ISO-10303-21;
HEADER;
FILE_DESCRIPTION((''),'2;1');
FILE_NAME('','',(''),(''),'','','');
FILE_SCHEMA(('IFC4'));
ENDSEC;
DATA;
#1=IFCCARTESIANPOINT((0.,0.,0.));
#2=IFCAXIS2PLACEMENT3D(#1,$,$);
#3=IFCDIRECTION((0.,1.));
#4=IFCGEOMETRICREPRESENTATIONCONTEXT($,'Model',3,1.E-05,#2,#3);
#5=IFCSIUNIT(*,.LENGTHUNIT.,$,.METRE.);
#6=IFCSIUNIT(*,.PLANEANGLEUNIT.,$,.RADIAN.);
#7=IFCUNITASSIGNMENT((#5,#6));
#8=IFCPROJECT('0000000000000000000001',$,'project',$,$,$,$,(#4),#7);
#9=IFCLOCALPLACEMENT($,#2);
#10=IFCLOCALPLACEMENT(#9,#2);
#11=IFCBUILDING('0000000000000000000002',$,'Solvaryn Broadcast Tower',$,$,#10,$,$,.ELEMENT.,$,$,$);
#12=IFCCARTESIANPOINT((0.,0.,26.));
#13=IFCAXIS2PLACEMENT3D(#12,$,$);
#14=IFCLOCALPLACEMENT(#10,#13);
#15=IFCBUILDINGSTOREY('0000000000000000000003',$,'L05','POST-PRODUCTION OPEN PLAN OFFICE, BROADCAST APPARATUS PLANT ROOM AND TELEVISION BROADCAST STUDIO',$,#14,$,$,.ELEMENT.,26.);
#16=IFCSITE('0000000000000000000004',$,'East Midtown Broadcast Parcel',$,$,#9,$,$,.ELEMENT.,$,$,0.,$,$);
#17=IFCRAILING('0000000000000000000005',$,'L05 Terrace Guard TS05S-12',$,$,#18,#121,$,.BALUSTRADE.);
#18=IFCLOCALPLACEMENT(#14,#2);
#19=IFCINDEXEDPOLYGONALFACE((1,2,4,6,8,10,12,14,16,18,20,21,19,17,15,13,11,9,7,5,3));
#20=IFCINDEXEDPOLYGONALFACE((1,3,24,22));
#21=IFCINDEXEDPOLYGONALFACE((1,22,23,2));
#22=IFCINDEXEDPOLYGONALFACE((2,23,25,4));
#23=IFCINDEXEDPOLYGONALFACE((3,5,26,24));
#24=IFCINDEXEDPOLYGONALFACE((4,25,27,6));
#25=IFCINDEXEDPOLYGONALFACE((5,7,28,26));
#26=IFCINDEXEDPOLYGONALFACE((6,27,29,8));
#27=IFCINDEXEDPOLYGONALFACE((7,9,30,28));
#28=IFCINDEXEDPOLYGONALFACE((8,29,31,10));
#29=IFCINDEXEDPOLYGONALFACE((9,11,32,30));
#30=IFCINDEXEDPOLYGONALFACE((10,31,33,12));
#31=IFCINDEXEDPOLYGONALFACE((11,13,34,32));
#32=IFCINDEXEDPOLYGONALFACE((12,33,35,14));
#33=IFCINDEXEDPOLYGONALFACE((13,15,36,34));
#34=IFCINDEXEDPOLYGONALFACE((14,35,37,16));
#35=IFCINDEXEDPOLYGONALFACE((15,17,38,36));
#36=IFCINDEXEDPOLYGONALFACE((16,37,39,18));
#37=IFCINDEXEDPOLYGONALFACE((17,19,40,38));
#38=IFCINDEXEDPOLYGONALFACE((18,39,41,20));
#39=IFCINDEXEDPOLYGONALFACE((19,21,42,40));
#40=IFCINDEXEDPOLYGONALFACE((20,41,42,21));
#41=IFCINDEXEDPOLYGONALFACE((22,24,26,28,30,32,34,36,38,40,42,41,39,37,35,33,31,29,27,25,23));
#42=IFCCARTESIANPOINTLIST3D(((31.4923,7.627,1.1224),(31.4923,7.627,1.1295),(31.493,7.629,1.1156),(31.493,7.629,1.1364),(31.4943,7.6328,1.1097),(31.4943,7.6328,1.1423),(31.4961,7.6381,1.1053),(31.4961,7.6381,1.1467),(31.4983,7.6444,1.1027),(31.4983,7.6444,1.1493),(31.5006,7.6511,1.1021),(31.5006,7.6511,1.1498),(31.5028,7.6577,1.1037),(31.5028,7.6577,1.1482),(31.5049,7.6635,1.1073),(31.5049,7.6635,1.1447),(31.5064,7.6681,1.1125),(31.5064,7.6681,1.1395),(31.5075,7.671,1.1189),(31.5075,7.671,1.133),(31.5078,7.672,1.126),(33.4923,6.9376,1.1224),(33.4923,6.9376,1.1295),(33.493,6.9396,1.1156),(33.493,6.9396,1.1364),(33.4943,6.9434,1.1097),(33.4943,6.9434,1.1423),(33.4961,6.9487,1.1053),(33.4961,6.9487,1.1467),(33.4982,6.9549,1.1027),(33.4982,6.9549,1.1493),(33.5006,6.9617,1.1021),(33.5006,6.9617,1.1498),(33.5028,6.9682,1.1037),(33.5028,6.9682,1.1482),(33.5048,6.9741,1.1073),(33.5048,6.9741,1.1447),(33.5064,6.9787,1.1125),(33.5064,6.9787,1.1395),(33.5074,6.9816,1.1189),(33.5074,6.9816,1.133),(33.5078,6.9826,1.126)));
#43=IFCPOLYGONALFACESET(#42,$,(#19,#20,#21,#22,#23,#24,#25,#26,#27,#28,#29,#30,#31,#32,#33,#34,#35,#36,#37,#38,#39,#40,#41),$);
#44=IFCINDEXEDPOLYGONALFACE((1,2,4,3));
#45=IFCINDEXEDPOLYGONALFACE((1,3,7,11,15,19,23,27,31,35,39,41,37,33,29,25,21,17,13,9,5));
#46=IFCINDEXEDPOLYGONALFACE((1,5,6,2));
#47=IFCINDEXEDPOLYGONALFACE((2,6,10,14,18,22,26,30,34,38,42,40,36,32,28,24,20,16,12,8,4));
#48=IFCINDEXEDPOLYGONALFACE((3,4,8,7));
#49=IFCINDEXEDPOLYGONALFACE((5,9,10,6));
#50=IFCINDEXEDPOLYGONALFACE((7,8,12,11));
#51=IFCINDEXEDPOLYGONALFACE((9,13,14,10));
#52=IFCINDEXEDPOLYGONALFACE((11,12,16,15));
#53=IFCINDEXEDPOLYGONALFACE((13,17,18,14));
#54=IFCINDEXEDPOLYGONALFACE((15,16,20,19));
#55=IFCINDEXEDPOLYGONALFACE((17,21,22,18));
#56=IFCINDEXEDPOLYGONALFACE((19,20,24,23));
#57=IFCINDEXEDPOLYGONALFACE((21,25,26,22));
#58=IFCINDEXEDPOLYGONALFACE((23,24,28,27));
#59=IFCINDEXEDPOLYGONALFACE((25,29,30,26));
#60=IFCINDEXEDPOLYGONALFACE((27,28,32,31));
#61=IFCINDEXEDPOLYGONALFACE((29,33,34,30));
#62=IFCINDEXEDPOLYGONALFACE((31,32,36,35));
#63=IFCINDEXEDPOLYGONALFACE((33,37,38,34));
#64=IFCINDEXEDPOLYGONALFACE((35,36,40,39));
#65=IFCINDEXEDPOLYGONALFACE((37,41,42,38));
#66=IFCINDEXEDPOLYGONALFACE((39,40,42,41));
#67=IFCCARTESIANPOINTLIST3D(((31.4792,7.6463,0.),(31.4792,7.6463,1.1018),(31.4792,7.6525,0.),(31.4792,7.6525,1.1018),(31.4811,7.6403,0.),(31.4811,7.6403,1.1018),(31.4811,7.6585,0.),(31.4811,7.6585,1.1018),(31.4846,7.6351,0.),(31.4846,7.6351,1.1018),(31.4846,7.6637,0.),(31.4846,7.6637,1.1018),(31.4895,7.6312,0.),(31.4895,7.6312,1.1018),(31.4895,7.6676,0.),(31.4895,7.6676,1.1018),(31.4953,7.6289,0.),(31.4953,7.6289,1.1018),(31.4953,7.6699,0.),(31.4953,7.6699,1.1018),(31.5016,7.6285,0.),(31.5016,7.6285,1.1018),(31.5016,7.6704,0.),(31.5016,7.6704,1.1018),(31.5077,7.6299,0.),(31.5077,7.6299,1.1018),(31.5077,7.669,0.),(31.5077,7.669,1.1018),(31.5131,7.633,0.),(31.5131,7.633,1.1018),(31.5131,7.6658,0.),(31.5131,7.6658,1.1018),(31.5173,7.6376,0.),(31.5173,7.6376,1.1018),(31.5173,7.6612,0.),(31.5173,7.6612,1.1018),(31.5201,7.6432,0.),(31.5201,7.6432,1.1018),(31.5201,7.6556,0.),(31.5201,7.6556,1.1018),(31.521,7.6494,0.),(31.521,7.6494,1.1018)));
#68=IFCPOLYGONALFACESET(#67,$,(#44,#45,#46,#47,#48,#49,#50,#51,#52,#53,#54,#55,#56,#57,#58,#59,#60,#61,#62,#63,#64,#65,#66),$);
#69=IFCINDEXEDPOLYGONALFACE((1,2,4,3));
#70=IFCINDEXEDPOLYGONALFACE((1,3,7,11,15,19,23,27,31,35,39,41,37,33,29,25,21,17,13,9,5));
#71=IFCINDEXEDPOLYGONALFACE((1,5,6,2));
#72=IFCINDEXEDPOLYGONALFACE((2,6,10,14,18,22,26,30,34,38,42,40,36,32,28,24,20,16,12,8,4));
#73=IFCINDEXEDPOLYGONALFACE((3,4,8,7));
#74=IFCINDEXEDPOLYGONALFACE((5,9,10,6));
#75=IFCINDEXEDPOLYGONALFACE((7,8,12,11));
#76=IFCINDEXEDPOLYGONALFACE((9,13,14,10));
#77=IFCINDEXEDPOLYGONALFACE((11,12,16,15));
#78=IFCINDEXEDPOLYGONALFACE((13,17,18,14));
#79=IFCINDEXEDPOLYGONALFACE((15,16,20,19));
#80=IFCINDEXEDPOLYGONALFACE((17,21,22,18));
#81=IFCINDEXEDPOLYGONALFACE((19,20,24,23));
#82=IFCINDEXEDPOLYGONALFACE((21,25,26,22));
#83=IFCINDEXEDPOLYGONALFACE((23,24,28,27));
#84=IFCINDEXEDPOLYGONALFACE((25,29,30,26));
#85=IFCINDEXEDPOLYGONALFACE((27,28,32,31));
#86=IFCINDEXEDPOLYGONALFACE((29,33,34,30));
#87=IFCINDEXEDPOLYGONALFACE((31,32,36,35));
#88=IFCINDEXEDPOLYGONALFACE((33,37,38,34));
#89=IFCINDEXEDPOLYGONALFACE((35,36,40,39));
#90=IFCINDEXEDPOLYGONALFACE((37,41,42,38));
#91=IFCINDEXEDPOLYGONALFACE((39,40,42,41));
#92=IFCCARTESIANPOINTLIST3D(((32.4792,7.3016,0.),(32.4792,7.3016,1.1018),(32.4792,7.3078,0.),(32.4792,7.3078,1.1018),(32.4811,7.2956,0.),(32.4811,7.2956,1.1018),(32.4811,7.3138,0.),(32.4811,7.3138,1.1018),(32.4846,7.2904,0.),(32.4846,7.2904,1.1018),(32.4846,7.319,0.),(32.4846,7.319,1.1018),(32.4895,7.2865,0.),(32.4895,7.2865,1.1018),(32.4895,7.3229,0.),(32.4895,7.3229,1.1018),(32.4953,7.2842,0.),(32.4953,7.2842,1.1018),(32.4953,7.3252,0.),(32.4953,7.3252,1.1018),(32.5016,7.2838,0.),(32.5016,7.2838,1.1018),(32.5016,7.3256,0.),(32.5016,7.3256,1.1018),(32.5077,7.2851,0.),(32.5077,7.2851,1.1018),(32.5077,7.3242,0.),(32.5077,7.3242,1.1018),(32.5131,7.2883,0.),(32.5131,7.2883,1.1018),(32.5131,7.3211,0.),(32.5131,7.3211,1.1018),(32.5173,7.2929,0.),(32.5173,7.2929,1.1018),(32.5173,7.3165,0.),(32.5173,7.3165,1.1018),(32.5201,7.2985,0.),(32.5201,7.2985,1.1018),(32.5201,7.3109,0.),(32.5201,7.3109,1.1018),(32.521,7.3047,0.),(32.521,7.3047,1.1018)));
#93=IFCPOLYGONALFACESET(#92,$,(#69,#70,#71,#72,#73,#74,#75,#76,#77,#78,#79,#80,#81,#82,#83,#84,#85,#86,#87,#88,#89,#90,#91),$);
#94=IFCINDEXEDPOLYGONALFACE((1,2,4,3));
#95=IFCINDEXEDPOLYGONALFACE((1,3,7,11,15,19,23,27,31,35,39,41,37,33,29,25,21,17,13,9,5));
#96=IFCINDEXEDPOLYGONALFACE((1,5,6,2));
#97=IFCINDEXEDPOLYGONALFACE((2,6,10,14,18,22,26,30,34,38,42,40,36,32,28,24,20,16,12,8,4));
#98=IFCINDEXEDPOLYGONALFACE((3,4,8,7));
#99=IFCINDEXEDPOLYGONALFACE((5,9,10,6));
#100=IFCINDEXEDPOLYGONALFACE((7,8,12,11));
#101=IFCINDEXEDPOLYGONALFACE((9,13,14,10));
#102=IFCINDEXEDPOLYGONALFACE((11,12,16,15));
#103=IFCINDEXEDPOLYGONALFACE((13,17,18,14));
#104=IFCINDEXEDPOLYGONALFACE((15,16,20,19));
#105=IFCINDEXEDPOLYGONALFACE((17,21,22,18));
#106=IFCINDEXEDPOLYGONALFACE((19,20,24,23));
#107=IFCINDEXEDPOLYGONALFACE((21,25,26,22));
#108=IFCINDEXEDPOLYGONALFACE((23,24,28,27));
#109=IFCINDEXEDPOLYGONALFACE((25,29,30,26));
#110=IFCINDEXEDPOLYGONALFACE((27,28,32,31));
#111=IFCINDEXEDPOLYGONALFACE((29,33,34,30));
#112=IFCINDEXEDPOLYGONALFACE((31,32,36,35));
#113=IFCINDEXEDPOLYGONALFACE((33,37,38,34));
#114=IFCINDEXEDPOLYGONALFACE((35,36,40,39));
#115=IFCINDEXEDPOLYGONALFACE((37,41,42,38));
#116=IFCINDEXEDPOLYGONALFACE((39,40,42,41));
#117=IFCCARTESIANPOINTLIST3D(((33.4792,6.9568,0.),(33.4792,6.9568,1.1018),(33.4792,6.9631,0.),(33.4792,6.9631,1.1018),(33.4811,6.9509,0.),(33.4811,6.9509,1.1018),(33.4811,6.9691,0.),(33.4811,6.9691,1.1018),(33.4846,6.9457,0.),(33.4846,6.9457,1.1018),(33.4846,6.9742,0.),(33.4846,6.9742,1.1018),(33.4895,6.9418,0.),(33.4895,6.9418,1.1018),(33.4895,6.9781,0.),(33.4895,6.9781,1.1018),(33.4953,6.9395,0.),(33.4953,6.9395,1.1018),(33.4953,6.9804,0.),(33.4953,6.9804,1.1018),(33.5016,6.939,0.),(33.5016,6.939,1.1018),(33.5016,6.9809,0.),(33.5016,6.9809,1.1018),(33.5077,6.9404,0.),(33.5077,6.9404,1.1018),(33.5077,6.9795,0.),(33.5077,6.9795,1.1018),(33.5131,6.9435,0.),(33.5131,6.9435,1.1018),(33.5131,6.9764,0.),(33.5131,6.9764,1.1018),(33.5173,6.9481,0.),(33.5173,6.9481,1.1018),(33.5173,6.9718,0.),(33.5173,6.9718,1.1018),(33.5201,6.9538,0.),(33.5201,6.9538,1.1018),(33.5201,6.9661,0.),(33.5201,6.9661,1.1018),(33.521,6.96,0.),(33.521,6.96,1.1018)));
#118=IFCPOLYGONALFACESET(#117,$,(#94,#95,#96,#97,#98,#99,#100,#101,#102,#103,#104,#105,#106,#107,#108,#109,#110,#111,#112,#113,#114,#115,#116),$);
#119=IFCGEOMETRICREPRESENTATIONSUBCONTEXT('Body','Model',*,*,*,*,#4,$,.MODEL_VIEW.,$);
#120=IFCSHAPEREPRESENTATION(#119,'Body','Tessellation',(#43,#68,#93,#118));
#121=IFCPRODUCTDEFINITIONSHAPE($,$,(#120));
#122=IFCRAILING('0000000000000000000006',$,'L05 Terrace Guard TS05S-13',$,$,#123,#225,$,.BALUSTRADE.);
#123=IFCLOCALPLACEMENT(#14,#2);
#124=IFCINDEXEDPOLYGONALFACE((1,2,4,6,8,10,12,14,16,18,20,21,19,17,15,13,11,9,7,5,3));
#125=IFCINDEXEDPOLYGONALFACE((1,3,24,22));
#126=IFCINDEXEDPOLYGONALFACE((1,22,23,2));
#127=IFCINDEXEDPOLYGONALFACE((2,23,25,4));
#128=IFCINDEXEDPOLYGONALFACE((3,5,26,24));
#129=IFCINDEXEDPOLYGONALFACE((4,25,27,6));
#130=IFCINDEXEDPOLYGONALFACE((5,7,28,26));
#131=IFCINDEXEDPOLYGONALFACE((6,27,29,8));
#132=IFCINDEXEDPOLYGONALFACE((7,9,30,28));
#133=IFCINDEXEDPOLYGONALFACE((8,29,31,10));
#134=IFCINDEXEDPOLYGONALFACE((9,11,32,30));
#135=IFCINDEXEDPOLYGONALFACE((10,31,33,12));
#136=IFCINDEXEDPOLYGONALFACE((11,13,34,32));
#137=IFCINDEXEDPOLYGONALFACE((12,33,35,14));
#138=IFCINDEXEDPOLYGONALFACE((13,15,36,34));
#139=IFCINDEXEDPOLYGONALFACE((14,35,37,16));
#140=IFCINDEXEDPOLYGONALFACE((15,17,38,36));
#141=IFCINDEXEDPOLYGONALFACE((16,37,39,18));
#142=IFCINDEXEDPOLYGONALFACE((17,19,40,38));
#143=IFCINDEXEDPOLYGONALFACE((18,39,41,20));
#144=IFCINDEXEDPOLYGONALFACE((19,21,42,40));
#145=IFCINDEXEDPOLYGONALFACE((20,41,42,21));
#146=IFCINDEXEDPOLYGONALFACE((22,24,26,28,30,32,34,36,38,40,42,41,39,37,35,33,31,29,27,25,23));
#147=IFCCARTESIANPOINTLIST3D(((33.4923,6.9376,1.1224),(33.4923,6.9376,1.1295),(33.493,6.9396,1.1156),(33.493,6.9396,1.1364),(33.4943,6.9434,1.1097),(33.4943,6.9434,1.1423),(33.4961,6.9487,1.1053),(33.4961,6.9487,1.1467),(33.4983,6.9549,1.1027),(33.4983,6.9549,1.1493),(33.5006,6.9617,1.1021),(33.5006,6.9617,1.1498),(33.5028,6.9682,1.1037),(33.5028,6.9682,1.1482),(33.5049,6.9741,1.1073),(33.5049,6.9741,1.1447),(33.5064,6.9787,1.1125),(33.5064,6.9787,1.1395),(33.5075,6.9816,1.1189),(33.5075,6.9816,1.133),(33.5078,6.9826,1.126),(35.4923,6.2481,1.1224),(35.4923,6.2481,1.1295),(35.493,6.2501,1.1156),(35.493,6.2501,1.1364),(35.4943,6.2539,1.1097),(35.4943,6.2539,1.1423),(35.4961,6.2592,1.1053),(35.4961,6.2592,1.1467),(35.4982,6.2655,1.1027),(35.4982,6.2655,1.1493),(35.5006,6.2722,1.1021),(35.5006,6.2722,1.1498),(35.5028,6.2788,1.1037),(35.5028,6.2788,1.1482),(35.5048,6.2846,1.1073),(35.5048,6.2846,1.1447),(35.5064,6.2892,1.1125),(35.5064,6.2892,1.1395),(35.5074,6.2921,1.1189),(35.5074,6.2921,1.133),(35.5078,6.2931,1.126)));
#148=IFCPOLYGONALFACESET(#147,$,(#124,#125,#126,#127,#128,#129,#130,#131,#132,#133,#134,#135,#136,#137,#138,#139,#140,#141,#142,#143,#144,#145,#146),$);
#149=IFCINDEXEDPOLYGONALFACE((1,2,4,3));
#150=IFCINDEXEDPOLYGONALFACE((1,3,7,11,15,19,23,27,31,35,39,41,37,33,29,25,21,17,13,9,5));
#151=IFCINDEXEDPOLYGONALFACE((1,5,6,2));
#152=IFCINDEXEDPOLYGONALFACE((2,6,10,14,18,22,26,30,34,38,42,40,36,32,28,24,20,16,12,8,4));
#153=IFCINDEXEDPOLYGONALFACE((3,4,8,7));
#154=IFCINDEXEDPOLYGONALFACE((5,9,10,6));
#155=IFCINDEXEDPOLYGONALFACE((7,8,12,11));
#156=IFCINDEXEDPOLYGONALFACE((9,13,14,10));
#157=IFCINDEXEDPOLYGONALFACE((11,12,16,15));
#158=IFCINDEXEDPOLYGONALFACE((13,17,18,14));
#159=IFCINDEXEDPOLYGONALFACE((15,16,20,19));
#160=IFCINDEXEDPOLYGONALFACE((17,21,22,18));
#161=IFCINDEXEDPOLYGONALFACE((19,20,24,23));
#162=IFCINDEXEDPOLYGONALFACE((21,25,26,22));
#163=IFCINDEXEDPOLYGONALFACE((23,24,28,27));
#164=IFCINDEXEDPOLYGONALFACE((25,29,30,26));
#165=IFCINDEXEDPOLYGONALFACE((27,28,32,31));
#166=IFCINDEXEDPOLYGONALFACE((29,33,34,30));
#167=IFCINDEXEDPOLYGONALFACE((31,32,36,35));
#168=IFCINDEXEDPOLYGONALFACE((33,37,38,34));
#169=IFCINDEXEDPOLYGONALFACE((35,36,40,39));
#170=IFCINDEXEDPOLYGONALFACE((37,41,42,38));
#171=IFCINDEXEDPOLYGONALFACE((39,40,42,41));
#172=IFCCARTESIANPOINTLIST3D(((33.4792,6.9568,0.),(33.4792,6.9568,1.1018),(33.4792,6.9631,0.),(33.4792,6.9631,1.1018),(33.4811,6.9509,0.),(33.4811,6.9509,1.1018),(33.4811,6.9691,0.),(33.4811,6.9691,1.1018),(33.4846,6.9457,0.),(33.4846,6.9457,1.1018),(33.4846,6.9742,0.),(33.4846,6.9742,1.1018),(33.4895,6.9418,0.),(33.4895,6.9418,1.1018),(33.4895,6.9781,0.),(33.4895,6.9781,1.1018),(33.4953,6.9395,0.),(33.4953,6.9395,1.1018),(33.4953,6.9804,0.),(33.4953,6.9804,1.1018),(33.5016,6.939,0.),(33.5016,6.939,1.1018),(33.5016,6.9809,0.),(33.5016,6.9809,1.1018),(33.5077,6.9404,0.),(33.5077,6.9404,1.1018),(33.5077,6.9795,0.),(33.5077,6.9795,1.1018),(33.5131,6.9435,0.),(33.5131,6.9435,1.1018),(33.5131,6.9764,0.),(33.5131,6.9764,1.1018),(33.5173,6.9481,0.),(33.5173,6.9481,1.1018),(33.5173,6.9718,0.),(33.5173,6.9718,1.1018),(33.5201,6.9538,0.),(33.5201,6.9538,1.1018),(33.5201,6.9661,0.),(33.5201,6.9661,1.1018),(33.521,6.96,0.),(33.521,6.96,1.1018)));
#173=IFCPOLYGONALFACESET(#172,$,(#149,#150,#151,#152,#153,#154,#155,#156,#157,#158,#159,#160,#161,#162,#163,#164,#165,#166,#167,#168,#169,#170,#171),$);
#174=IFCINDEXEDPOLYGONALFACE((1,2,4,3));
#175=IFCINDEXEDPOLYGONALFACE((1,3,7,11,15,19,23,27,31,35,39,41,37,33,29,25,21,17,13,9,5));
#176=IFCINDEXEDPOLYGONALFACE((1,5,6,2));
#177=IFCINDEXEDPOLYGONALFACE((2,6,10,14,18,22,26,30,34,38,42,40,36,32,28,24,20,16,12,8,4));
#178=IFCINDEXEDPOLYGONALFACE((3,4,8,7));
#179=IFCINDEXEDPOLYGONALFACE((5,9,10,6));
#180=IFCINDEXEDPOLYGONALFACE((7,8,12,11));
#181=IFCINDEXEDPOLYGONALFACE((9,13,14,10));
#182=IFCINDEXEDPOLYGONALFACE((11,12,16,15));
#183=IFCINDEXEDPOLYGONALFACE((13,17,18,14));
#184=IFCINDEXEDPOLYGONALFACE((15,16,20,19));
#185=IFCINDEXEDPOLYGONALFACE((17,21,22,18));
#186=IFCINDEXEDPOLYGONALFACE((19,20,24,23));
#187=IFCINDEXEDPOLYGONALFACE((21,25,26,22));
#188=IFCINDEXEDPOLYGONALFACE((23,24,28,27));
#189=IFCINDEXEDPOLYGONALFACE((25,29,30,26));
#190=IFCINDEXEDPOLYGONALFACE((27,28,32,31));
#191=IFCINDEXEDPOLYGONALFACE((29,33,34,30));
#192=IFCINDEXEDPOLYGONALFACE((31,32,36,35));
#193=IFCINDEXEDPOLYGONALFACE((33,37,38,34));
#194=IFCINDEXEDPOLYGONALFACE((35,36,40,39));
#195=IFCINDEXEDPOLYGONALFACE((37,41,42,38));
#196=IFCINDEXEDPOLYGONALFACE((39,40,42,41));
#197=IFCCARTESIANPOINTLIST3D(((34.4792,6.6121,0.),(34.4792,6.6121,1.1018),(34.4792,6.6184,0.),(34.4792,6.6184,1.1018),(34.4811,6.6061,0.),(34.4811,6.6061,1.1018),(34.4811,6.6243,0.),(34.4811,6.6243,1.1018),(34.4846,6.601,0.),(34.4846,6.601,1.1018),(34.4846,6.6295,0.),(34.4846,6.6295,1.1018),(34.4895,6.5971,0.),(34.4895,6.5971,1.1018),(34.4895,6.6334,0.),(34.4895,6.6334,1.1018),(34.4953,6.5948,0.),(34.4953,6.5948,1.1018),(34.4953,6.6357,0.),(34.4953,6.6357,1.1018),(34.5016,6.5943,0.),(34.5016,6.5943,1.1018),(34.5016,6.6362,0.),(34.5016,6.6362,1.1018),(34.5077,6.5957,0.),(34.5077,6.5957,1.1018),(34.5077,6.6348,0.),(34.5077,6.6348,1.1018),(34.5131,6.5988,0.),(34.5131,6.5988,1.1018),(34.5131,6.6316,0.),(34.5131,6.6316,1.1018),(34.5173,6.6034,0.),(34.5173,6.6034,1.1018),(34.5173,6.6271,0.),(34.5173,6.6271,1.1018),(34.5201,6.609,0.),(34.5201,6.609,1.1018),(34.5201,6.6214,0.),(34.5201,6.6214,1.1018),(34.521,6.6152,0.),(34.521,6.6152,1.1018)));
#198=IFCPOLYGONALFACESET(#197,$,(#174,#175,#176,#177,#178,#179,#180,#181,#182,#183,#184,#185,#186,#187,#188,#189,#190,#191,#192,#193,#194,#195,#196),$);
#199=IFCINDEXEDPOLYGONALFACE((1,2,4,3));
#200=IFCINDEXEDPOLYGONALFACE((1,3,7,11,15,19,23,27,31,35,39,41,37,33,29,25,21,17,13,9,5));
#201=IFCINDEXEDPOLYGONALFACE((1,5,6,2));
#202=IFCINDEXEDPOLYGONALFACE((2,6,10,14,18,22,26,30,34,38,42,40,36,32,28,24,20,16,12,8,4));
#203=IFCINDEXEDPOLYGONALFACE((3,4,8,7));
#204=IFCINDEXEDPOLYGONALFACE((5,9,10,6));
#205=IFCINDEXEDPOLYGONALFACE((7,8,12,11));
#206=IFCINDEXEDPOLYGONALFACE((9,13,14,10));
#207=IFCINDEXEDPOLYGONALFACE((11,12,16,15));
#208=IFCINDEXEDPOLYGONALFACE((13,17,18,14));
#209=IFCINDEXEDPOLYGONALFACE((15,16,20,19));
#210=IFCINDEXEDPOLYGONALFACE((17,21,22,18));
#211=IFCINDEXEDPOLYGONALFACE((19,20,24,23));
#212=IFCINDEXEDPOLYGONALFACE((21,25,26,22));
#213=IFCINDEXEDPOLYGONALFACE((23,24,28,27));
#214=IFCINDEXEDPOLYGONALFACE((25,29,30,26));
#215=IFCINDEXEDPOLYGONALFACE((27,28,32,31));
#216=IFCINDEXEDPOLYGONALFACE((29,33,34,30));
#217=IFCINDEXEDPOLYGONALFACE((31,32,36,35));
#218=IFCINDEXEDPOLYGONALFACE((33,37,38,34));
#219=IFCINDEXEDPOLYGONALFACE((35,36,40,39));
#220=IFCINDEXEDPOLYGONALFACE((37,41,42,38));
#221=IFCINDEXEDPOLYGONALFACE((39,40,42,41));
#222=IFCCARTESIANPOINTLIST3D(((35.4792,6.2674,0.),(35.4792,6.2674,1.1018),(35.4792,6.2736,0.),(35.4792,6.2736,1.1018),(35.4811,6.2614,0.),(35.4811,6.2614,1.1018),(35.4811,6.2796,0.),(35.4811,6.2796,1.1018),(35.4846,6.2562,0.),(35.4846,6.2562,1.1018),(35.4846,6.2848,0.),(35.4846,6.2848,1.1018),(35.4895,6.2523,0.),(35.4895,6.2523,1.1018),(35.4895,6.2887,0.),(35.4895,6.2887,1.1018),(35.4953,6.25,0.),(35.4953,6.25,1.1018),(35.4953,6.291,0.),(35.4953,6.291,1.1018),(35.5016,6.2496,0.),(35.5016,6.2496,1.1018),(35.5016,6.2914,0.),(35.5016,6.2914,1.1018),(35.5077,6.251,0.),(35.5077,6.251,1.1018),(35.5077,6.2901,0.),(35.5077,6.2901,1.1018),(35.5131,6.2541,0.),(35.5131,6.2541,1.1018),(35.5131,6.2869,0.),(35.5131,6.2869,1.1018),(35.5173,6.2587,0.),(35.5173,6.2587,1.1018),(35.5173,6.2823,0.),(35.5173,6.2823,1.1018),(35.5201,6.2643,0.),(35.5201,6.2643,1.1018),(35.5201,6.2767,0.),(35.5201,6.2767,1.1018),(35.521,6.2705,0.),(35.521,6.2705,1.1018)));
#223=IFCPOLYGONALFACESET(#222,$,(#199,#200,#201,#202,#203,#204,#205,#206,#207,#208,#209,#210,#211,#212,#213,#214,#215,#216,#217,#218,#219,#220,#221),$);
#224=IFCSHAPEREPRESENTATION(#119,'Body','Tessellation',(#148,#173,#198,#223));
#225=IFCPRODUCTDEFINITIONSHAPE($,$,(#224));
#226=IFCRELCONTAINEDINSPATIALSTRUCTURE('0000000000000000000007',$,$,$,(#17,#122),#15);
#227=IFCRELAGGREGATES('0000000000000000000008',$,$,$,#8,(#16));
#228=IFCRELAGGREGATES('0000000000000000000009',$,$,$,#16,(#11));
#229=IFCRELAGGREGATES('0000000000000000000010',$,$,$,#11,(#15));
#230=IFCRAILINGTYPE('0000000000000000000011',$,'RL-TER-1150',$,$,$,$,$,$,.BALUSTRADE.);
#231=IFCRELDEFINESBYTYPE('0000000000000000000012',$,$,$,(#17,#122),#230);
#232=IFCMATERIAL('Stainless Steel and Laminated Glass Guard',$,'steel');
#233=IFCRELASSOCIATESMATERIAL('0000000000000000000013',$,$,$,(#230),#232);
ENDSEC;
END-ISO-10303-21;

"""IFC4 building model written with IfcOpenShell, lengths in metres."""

from ifc_helpers import new_model, si_unit, direction, frame, origin, origin_2d, place, context, subcontext, project, spatial, circle, extrude, material, type_object, element, save


model = new_model("IFC4")

# Units and contexts
model_context = context("Model", 3, precision=1e-05, world=origin(), true_north=direction((0.0, 1.0)))
body_context = subcontext(model_context, "Body", "Model", "MODEL_VIEW")
ifc_project = project(units=[si_unit("LENGTHUNIT", "METRE"), si_unit("PLANEANGLEUNIT", "RADIAN")], contexts=[model_context])

# Site, building, storey
site_placement = place(None, origin())
site = spatial("IfcSite", under=ifc_project, at=site_placement, Name="East Midtown Broadcast Parcel", CompositionType="ELEMENT", RefElevation=0.0)
building_placement = place(site_placement, origin())
building = spatial("IfcBuilding", under=site, at=building_placement, Name="Solvaryn Broadcast Tower", CompositionType="ELEMENT")
storey_placement = place(building_placement, frame((0.0, 0.0, 26.0)))
storey = spatial("IfcBuildingStorey", under=building, at=storey_placement, Name="L05", Description="POST-PRODUCTION OPEN PLAN OFFICE, BROADCAST APPARATUS PLANT ROOM AND TELEVISION BROADCAST STUDIO", CompositionType="ELEMENT", Elevation=26.0)

# Railings
ifc_material_1 = material(Name="Stainless Steel and Laminated Glass Guard", Category="steel")
railing_type = type_object("IfcRailingType", Name="RL-TER-1150", PredefinedType="BALUSTRADE", material=ifc_material_1)
for number, where, name in (
    (1, (31.5, 7.6494, 0.0), "L05 Terrace Guard TS05S-12"),
    (2, (33.5, 6.96, 0.0), "L05 Terrace Guard TS05S-13"),
):
    element("IfcRailing", number, at=place(storey_placement, frame(where)), inside=storey, type_object=railing_type, Name=name, PredefinedType="BALUSTRADE", context=body_context, shape_type="SweptSolid", body=[
        extrude(circle(Radius=0.0239, at=origin_2d()), frame((0.0, 0.0, 1.126), z_axis=(0.945402, -0.325905, 0.0), x_axis=(0.325905, 0.945402, 0.0)), (0.0, 0.0, 1.0), 2.1155),
        extrude(circle(Radius=0.021, at=origin_2d()), origin(), (0.0, 0.0, 1.0), 1.1018),
        extrude(circle(Radius=0.021, at=origin_2d()), frame((1.0, -0.3447, 0.0)), (0.0, 0.0, 1.0), 1.1018),
        extrude(circle(Radius=0.021, at=origin_2d()), frame((2.0, -0.6895, 0.0)), (0.0, 0.0, 1.0), 1.1018),
    ])

save(model, "model.ifc")
